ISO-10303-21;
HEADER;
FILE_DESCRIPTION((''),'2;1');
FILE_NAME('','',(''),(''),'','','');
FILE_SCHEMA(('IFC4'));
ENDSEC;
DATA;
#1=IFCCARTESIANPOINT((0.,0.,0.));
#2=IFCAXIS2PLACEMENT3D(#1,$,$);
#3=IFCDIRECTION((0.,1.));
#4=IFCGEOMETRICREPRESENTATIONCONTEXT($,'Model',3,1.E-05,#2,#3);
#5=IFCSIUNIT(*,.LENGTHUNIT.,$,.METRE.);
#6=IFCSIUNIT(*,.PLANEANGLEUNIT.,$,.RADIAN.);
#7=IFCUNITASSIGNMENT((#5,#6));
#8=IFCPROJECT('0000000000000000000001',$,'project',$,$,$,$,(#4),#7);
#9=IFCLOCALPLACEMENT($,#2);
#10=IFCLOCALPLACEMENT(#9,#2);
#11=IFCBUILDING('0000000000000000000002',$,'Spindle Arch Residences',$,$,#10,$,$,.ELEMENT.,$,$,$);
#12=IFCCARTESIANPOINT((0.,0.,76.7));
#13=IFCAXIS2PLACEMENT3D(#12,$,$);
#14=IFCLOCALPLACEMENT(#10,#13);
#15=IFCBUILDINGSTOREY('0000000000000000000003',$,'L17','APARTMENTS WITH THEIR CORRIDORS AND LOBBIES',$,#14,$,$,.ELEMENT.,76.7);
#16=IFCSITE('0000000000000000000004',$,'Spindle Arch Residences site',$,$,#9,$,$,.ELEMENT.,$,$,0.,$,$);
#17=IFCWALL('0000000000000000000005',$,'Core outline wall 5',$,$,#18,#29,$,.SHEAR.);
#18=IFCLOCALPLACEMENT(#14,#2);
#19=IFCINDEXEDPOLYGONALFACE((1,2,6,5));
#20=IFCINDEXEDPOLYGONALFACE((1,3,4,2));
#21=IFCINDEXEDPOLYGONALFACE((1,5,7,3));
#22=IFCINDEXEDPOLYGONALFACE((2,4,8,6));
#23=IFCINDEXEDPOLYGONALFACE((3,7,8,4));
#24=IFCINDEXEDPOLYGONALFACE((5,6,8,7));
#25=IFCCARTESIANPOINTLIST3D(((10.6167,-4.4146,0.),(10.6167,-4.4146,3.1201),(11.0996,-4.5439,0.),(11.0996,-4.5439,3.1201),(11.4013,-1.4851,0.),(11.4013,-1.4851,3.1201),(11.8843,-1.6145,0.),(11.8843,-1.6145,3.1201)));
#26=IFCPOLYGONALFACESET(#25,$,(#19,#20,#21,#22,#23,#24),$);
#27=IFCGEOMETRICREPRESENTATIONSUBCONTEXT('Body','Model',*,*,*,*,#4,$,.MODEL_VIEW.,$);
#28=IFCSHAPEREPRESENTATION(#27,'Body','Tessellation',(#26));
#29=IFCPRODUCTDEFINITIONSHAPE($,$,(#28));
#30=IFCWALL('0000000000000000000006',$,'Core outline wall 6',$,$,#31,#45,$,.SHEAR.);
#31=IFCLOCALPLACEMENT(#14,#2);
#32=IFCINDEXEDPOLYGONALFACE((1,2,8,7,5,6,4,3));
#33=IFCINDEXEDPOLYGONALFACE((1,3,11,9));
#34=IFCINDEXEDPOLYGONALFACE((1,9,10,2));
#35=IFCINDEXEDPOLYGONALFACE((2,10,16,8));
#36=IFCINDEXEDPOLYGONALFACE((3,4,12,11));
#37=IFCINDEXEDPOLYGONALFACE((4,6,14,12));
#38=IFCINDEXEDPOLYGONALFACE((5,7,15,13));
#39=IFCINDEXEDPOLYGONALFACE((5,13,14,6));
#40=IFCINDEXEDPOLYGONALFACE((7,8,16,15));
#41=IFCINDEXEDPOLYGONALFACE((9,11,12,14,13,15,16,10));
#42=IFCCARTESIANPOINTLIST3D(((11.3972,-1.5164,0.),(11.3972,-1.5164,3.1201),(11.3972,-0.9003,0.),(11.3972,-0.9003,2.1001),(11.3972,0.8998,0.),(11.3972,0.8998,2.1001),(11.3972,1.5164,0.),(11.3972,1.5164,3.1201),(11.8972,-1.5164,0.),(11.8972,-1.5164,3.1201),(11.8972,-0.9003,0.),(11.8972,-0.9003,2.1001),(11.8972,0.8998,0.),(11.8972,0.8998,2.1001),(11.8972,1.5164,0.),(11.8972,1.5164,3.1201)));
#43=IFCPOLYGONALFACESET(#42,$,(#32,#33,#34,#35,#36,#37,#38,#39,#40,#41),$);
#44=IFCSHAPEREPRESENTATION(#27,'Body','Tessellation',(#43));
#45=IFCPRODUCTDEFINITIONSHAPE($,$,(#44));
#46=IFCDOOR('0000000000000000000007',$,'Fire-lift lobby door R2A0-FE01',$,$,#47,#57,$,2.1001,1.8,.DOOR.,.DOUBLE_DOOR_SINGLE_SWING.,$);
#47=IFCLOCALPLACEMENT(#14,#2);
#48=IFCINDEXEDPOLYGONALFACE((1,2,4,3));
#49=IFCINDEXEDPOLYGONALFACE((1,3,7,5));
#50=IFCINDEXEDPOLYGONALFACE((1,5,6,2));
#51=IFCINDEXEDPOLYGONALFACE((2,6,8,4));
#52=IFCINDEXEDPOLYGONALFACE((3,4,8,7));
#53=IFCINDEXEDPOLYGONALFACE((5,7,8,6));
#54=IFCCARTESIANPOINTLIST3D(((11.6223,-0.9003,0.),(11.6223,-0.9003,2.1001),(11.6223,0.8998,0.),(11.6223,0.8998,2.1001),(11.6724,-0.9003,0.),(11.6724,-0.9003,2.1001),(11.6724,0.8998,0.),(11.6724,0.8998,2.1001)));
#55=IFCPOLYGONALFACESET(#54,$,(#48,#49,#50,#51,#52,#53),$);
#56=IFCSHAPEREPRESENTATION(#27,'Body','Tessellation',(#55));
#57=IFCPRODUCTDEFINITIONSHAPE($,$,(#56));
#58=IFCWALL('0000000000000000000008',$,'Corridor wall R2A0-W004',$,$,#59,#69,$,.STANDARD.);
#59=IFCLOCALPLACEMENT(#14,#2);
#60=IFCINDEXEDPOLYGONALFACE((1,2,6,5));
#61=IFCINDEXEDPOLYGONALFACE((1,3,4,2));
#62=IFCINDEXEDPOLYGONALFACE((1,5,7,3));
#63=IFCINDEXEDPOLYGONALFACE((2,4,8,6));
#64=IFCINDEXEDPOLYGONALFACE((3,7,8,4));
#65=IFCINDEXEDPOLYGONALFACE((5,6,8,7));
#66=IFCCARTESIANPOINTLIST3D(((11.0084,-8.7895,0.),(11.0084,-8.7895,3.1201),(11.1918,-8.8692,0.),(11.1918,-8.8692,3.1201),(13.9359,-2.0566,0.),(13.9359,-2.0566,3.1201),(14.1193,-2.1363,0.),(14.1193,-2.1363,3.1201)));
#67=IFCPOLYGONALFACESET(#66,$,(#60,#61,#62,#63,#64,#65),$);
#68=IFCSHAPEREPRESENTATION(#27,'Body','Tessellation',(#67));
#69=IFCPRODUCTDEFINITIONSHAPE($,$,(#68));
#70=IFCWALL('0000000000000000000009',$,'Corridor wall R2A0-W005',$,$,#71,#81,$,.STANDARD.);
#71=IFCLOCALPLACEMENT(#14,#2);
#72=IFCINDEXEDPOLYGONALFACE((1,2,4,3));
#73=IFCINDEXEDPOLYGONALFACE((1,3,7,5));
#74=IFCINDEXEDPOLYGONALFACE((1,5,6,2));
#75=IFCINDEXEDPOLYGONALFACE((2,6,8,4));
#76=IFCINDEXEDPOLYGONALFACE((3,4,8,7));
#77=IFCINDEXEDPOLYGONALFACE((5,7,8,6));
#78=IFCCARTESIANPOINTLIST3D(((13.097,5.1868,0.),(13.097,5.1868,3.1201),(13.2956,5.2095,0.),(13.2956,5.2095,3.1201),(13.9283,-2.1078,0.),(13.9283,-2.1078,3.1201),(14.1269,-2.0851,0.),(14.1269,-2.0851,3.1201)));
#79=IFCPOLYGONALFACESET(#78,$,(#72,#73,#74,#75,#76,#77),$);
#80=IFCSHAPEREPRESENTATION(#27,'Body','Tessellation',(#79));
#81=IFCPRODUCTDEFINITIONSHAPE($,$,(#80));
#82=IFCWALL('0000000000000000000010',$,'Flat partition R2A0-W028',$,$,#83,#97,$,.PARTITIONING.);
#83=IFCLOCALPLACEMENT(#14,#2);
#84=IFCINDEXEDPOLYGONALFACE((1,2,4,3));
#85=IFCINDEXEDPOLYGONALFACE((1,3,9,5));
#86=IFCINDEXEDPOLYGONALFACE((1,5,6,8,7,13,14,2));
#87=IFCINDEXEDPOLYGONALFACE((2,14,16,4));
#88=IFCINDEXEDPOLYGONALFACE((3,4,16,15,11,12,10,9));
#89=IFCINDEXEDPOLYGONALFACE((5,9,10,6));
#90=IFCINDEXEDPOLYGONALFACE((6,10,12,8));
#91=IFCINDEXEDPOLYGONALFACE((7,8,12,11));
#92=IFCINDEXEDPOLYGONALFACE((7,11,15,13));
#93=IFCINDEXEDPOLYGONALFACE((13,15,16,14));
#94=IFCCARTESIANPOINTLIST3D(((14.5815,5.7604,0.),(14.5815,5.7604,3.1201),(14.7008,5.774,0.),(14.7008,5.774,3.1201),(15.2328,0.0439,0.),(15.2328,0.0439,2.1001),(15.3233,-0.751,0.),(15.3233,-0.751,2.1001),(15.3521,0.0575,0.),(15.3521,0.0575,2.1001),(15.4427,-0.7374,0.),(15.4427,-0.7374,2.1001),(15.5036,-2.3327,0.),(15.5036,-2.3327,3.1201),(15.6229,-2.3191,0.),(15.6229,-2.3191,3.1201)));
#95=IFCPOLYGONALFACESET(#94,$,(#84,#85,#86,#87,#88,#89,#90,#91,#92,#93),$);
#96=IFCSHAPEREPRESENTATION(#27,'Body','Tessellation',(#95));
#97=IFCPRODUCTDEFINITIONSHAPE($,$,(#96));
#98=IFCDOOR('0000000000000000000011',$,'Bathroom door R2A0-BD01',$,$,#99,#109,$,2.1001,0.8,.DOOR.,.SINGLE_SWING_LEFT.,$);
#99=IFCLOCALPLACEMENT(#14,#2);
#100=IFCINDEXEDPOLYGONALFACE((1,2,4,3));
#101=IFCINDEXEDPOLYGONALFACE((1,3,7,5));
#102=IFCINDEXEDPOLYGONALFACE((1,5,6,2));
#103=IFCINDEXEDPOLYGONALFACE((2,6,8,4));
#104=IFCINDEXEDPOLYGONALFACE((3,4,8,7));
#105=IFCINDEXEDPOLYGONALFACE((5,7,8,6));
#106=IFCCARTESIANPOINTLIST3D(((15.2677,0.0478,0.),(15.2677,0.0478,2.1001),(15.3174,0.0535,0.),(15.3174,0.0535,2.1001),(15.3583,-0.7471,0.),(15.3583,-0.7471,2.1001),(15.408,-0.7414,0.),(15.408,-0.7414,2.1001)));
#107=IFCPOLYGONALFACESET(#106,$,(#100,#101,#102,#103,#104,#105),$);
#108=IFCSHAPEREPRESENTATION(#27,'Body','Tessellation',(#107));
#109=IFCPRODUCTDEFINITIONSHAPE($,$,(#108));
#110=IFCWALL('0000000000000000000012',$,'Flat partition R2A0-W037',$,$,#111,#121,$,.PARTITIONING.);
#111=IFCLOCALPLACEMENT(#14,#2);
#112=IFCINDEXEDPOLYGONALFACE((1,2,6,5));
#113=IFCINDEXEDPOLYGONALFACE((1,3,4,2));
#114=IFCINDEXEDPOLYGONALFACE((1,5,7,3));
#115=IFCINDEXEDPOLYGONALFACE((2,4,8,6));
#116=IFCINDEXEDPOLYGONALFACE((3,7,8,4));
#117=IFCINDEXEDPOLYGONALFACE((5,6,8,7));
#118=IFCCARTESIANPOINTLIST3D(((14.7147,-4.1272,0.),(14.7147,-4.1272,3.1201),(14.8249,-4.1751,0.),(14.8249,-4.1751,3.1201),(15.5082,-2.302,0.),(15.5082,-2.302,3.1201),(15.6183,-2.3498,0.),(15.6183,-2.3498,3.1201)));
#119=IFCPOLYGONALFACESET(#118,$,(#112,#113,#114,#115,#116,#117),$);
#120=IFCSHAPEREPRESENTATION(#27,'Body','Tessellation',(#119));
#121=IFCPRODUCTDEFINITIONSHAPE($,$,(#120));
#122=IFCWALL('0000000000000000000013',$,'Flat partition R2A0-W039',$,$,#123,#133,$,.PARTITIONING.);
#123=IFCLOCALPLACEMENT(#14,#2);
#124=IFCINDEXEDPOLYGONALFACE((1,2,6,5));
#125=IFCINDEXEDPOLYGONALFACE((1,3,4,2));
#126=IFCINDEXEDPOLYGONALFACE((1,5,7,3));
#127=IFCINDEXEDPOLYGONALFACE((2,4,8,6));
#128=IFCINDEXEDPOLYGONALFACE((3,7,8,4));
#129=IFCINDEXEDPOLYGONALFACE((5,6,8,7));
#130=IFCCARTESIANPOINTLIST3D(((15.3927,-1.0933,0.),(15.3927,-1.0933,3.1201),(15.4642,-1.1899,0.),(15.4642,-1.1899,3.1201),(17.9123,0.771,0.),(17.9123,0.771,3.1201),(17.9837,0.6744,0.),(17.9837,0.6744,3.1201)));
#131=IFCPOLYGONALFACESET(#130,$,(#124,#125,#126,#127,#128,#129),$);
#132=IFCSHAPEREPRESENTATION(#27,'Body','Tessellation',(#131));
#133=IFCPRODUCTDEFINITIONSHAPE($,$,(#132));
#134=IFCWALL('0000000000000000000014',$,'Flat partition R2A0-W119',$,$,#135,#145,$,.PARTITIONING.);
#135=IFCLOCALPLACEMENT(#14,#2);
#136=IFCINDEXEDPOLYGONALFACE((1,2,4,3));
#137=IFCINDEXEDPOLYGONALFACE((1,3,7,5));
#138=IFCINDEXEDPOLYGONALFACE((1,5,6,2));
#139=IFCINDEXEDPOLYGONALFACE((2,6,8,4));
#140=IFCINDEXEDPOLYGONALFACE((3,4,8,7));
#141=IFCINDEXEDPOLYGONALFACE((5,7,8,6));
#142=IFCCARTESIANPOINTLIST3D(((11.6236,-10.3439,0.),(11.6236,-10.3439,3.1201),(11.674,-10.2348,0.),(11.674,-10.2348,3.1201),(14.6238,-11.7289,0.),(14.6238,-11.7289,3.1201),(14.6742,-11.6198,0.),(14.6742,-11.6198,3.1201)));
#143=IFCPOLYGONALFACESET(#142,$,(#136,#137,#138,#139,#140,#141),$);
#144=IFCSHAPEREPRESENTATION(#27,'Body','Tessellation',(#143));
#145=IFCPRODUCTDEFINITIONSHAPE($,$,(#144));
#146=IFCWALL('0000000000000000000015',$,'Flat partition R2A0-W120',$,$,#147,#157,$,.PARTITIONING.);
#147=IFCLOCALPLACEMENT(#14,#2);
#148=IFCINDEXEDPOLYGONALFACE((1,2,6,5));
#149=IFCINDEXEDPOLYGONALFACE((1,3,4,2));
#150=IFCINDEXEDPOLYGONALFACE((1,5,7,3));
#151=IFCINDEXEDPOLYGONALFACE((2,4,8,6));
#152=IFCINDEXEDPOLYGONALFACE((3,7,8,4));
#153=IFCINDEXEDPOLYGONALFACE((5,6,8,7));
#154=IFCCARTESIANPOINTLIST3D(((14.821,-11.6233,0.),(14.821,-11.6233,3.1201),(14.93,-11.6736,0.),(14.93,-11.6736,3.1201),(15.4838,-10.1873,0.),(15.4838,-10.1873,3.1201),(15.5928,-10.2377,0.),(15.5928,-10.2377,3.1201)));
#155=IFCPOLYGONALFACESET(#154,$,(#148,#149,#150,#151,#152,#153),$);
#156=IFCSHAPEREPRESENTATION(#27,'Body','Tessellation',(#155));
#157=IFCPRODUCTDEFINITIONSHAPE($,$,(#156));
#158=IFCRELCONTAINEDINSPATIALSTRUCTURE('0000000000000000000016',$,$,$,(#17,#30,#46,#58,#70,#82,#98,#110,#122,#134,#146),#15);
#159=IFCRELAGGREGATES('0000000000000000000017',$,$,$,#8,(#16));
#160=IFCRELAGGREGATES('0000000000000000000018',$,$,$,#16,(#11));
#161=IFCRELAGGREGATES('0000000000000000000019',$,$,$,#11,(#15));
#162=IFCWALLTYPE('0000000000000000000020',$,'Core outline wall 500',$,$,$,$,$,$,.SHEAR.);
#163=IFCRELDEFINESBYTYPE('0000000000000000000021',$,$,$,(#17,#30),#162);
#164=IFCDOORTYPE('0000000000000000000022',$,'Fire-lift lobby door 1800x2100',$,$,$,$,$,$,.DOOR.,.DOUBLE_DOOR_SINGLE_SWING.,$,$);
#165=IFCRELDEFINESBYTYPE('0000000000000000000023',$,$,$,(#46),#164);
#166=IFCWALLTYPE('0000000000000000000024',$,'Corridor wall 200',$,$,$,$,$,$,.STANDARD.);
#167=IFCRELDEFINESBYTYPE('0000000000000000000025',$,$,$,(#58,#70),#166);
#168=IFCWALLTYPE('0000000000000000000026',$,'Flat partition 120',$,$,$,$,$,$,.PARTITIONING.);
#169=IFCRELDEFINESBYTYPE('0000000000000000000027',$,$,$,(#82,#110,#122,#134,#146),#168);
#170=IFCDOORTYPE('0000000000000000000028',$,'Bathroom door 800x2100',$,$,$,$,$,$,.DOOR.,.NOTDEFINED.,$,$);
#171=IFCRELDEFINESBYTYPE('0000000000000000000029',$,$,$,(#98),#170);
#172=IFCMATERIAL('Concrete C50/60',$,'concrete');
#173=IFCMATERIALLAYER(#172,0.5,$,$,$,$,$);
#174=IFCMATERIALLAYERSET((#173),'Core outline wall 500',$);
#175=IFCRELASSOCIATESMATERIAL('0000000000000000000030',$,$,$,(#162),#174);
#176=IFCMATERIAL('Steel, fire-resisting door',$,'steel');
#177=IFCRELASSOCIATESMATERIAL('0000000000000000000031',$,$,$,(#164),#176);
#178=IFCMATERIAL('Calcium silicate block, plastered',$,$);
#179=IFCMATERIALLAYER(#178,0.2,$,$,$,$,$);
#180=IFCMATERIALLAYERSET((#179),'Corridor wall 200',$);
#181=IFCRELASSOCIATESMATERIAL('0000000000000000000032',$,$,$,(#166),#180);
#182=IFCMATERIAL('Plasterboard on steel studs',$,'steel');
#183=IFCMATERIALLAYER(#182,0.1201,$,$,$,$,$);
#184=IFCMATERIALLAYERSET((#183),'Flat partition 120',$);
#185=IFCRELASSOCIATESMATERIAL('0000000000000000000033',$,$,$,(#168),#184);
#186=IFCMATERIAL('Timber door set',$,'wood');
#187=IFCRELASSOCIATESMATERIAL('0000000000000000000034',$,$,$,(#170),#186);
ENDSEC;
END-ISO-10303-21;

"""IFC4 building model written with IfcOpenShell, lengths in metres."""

from ifc_helpers import new_model, si_unit, direction, frame, frame_2d, origin, place, context, subcontext, project, spatial, rectangle, extrude, material, layer, layer_set, type_object, element, fill, save


model = new_model("IFC4")

# Units and contexts
model_context = context("Model", 3, precision=1e-05, world=origin(), true_north=direction((0.0, 1.0)))
body_context = subcontext(model_context, "Body", "Model", "MODEL_VIEW")
ifc_project = project(units=[si_unit("LENGTHUNIT", "METRE"), si_unit("PLANEANGLEUNIT", "RADIAN")], contexts=[model_context])

# Site, building, storey
site_placement = place(None, origin())
site = spatial("IfcSite", under=ifc_project, at=site_placement, Name="Spindle Arch Residences site", CompositionType="ELEMENT", RefElevation=0.0)
building_placement = place(site_placement, origin())
building = spatial("IfcBuilding", under=site, at=building_placement, Name="Spindle Arch Residences", CompositionType="ELEMENT")
storey_placement = place(building_placement, frame((0.0, 0.0, 76.7)))
storey = spatial("IfcBuildingStorey", under=building, at=storey_placement, Name="L17", Description="APARTMENTS WITH THEIR CORRIDORS AND LOBBIES", CompositionType="ELEMENT", Elevation=76.7)

# Wall
ifc_material_1 = material(Name="Concrete C50/60", Category="concrete")
ifc_layer_1 = layer(ifc_material_1, 0.5)
ifc_layer_set_1 = layer_set([ifc_layer_1], Name="Core outline wall 500")
wall_type_1 = type_object("IfcWallType", Name="Core outline wall 500", PredefinedType="SHEAR", material=ifc_layer_set_1)
wall_1_placement = place(storey_placement, frame((10.8582, -4.4792, 0.0), z_axis=(0.0, 0.0, 1.0), x_axis=(0.258735, 0.965948, 0.0)))
element("IfcWall", 1, at=wall_1_placement, inside=storey, type_object=wall_type_1, Name="Core outline wall 5", PredefinedType="SHEAR", context=body_context, shape_type="SweptSolid", body=[
    extrude(rectangle(XDim=3.0327, YDim=0.5, at=frame_2d((1.5164, 0.0))), origin(), (0.0, 0.0, 1.0), 3.1201),
])

# Wall, opening, door
wall_2_placement = place(storey_placement, frame((11.6472, -1.5164, 0.0), z_axis=(0.0, 0.0, 1.0), x_axis=(0.0, 1.0, 0.0)))
wall_2 = element("IfcWall", 2, at=wall_2_placement, inside=storey, type_object=wall_type_1, Name="Core outline wall 6", PredefinedType="SHEAR", context=body_context, shape_type="SweptSolid", body=[
    extrude(rectangle(XDim=3.0327, YDim=0.5, at=frame_2d((1.5164, 0.0))), origin(), (0.0, 0.0, 1.0), 3.1201),
])
opening_1_placement = place(wall_2_placement, frame((0.6162, 0.0, 0.0)))
opening_1 = element("IfcOpeningElement", 3, at=opening_1_placement, cuts=wall_2, PredefinedType="OPENING", context=body_context, shape_type="SweptSolid", body=[
    extrude(rectangle(XDim=1.8, YDim=2.1001, at=frame_2d((0.8999, 1.05))), frame((0.0, 0.26, 0.0), z_axis=(0.0, -1.0, 0.0), x_axis=(1.0, 0.0, 0.0)), (0.0, 0.0, 1.0), 0.52),
])
ifc_material_2 = material(Name="Steel, fire-resisting door", Category="steel")
door_type_1 = type_object("IfcDoorType", Name="Fire-lift lobby door 1800x2100", OperationType="DOUBLE_DOOR_SINGLE_SWING", PredefinedType="DOOR", material=ifc_material_2)
door_1_placement = place(opening_1_placement, origin())
door_1 = element("IfcDoor", 4, at=door_1_placement, inside=storey, type_object=door_type_1, Name="Fire-lift lobby door R2A0-FE01", OperationType="DOUBLE_DOOR_SINGLE_SWING", OverallHeight=2.1001, OverallWidth=1.8, PredefinedType="DOOR", context=body_context, shape_type="SweptSolid", body=[
    extrude(rectangle(XDim=1.8, YDim=2.1001, at=frame_2d((0.8999, 1.05))), frame((0.0, 0.0249, 0.0), z_axis=(0.0, -1.0, 0.0), x_axis=(1.0, 0.0, 0.0)), (0.0, 0.0, 1.0), 0.05),
])
fill(opening_1, door_1)

# Walls
ifc_material_3 = material(Name="Calcium silicate block, plastered")
ifc_layer_2 = layer(ifc_material_3, 0.2)
ifc_layer_set_2 = layer_set([ifc_layer_2], Name="Corridor wall 200")
wall_type_2 = type_object("IfcWallType", Name="Corridor wall 200", PredefinedType="STANDARD", material=ifc_layer_set_2)
for number, where, z_axis, x_axis, name in (
    (5, (11.1001, -8.8293, 0.0), (0.0, 0.0, 1.0), (0.398742, 0.917063, 0.0), "Corridor wall R2A0-W004"),
    (6, (14.0276, -2.0964, 0.0), (0.0, 0.0, 1.0), (-0.113227, 0.993569, 0.0), "Corridor wall R2A0-W005"),
):
    element("IfcWall", number, at=place(storey_placement, frame(where, z_axis=z_axis, x_axis=x_axis)), inside=storey, type_object=wall_type_2, Name=name, PredefinedType="STANDARD", context=body_context, shape_type="SweptSolid", body=[
        extrude(rectangle(XDim=7.3418, YDim=0.2, at=frame_2d((3.6709, 0.0))), origin(), (0.0, 0.0, 1.0), 3.1201),
    ])

# Wall, opening, door
ifc_material_4 = material(Name="Plasterboard on steel studs", Category="steel")
ifc_layer_3 = layer(ifc_material_4, 0.1201)
ifc_layer_set_3 = layer_set([ifc_layer_3], Name="Flat partition 120")
wall_type_3 = type_object("IfcWallType", Name="Flat partition 120", PredefinedType="PARTITIONING", material=ifc_layer_set_3)
wall_3_placement = place(storey_placement, frame((15.5632, -2.3259, 0.0), z_axis=(0.0, 0.0, 1.0), x_axis=(-0.113204, 0.993572, 0.0)))
wall_3 = element("IfcWall", 7, at=wall_3_placement, inside=storey, type_object=wall_type_3, Name="Flat partition R2A0-W028", PredefinedType="PARTITIONING", context=body_context, shape_type="SweptSolid", body=[
    extrude(rectangle(XDim=8.1455, YDim=0.1201, at=frame_2d((4.0728, 0.0))), origin(), (0.0, 0.0, 1.0), 3.1201),
])
opening_2_placement = place(wall_3_placement, frame((1.592, 0.0, 0.0)))
opening_2 = element("IfcOpeningElement", 8, at=opening_2_placement, cuts=wall_3, PredefinedType="OPENING", context=body_context, shape_type="SweptSolid", body=[
    extrude(rectangle(XDim=0.8, YDim=2.1001, at=frame_2d((0.3999, 1.05))), frame((0.0, 0.0701, 0.0), z_axis=(0.0, -1.0, 0.0), x_axis=(1.0, 0.0, 0.0)), (0.0, 0.0, 1.0), 0.1401),
])
ifc_material_5 = material(Name="Timber door set", Category="wood")
door_type_2 = type_object("IfcDoorType", Name="Bathroom door 800x2100", OperationType="NOTDEFINED", PredefinedType="DOOR", material=ifc_material_5)
door_2_placement = place(opening_2_placement, origin())
door_2 = element("IfcDoor", 9, at=door_2_placement, inside=storey, type_object=door_type_2, Name="Bathroom door R2A0-BD01", OperationType="SINGLE_SWING_LEFT", OverallHeight=2.1001, OverallWidth=0.8, PredefinedType="DOOR", context=body_context, shape_type="SweptSolid", body=[
    extrude(rectangle(XDim=0.8, YDim=2.1001, at=frame_2d((0.3999, 1.05))), frame((0.0, 0.0249, 0.0), z_axis=(0.0, -1.0, 0.0), x_axis=(1.0, 0.0, 0.0)), (0.0, 0.0, 1.0), 0.05),
])
fill(opening_2, door_2)

# Walls
wall_4_placement = place(storey_placement, frame((14.7698, -4.1511, 0.0), z_axis=(0.0, 0.0, 1.0), x_axis=(0.398681, 0.91709, 0.0)))
element("IfcWall", 10, at=wall_4_placement, inside=storey, type_object=wall_type_3, Name="Flat partition R2A0-W037", PredefinedType="PARTITIONING", context=body_context, shape_type="SweptSolid", body=[
    extrude(rectangle(XDim=1.9902, YDim=0.1201, at=frame_2d((0.9951, 0.0))), origin(), (0.0, 0.0, 1.0), 3.1201),
])
wall_5_placement = place(storey_placement, frame((15.4285, -1.1416, 0.0), z_axis=(0.0, 0.0, 1.0), x_axis=(0.803872, 0.594803, 0.0)))
element("IfcWall", 11, at=wall_5_placement, inside=storey, type_object=wall_type_3, Name="Flat partition R2A0-W039", PredefinedType="PARTITIONING", context=body_context, shape_type="SweptSolid", body=[
    extrude(rectangle(XDim=3.1343, YDim=0.1201, at=frame_2d((1.5671, 0.0))), origin(), (0.0, 0.0, 1.0), 3.1201),
])
wall_6_placement = place(storey_placement, frame((11.6487, -10.2893, 0.0), z_axis=(0.0, 0.0, 1.0), x_axis=(0.907927, -0.419128, 0.0)))
element("IfcWall", 12, at=wall_6_placement, inside=storey, type_object=wall_type_3, Name="Flat partition R2A0-W119", PredefinedType="PARTITIONING", context=body_context, shape_type="SweptSolid", body=[
    extrude(rectangle(XDim=3.3044, YDim=0.1201, at=frame_2d((1.6523, 0.0))), origin(), (0.0, 0.0, 1.0), 3.1201),
])
wall_7_placement = place(storey_placement, frame((14.8755, -11.6484, 0.0), z_axis=(0.0, 0.0, 1.0), x_axis=(0.419088, 0.907946, 0.0)))
element("IfcWall", 13, at=wall_7_placement, inside=storey, type_object=wall_type_3, Name="Flat partition R2A0-W120", PredefinedType="PARTITIONING", context=body_context, shape_type="SweptSolid", body=[
    extrude(rectangle(XDim=1.5815, YDim=0.1201, at=frame_2d((0.7908, 0.0))), origin(), (0.0, 0.0, 1.0), 3.1201),
])

save(model, "model.ifc")
